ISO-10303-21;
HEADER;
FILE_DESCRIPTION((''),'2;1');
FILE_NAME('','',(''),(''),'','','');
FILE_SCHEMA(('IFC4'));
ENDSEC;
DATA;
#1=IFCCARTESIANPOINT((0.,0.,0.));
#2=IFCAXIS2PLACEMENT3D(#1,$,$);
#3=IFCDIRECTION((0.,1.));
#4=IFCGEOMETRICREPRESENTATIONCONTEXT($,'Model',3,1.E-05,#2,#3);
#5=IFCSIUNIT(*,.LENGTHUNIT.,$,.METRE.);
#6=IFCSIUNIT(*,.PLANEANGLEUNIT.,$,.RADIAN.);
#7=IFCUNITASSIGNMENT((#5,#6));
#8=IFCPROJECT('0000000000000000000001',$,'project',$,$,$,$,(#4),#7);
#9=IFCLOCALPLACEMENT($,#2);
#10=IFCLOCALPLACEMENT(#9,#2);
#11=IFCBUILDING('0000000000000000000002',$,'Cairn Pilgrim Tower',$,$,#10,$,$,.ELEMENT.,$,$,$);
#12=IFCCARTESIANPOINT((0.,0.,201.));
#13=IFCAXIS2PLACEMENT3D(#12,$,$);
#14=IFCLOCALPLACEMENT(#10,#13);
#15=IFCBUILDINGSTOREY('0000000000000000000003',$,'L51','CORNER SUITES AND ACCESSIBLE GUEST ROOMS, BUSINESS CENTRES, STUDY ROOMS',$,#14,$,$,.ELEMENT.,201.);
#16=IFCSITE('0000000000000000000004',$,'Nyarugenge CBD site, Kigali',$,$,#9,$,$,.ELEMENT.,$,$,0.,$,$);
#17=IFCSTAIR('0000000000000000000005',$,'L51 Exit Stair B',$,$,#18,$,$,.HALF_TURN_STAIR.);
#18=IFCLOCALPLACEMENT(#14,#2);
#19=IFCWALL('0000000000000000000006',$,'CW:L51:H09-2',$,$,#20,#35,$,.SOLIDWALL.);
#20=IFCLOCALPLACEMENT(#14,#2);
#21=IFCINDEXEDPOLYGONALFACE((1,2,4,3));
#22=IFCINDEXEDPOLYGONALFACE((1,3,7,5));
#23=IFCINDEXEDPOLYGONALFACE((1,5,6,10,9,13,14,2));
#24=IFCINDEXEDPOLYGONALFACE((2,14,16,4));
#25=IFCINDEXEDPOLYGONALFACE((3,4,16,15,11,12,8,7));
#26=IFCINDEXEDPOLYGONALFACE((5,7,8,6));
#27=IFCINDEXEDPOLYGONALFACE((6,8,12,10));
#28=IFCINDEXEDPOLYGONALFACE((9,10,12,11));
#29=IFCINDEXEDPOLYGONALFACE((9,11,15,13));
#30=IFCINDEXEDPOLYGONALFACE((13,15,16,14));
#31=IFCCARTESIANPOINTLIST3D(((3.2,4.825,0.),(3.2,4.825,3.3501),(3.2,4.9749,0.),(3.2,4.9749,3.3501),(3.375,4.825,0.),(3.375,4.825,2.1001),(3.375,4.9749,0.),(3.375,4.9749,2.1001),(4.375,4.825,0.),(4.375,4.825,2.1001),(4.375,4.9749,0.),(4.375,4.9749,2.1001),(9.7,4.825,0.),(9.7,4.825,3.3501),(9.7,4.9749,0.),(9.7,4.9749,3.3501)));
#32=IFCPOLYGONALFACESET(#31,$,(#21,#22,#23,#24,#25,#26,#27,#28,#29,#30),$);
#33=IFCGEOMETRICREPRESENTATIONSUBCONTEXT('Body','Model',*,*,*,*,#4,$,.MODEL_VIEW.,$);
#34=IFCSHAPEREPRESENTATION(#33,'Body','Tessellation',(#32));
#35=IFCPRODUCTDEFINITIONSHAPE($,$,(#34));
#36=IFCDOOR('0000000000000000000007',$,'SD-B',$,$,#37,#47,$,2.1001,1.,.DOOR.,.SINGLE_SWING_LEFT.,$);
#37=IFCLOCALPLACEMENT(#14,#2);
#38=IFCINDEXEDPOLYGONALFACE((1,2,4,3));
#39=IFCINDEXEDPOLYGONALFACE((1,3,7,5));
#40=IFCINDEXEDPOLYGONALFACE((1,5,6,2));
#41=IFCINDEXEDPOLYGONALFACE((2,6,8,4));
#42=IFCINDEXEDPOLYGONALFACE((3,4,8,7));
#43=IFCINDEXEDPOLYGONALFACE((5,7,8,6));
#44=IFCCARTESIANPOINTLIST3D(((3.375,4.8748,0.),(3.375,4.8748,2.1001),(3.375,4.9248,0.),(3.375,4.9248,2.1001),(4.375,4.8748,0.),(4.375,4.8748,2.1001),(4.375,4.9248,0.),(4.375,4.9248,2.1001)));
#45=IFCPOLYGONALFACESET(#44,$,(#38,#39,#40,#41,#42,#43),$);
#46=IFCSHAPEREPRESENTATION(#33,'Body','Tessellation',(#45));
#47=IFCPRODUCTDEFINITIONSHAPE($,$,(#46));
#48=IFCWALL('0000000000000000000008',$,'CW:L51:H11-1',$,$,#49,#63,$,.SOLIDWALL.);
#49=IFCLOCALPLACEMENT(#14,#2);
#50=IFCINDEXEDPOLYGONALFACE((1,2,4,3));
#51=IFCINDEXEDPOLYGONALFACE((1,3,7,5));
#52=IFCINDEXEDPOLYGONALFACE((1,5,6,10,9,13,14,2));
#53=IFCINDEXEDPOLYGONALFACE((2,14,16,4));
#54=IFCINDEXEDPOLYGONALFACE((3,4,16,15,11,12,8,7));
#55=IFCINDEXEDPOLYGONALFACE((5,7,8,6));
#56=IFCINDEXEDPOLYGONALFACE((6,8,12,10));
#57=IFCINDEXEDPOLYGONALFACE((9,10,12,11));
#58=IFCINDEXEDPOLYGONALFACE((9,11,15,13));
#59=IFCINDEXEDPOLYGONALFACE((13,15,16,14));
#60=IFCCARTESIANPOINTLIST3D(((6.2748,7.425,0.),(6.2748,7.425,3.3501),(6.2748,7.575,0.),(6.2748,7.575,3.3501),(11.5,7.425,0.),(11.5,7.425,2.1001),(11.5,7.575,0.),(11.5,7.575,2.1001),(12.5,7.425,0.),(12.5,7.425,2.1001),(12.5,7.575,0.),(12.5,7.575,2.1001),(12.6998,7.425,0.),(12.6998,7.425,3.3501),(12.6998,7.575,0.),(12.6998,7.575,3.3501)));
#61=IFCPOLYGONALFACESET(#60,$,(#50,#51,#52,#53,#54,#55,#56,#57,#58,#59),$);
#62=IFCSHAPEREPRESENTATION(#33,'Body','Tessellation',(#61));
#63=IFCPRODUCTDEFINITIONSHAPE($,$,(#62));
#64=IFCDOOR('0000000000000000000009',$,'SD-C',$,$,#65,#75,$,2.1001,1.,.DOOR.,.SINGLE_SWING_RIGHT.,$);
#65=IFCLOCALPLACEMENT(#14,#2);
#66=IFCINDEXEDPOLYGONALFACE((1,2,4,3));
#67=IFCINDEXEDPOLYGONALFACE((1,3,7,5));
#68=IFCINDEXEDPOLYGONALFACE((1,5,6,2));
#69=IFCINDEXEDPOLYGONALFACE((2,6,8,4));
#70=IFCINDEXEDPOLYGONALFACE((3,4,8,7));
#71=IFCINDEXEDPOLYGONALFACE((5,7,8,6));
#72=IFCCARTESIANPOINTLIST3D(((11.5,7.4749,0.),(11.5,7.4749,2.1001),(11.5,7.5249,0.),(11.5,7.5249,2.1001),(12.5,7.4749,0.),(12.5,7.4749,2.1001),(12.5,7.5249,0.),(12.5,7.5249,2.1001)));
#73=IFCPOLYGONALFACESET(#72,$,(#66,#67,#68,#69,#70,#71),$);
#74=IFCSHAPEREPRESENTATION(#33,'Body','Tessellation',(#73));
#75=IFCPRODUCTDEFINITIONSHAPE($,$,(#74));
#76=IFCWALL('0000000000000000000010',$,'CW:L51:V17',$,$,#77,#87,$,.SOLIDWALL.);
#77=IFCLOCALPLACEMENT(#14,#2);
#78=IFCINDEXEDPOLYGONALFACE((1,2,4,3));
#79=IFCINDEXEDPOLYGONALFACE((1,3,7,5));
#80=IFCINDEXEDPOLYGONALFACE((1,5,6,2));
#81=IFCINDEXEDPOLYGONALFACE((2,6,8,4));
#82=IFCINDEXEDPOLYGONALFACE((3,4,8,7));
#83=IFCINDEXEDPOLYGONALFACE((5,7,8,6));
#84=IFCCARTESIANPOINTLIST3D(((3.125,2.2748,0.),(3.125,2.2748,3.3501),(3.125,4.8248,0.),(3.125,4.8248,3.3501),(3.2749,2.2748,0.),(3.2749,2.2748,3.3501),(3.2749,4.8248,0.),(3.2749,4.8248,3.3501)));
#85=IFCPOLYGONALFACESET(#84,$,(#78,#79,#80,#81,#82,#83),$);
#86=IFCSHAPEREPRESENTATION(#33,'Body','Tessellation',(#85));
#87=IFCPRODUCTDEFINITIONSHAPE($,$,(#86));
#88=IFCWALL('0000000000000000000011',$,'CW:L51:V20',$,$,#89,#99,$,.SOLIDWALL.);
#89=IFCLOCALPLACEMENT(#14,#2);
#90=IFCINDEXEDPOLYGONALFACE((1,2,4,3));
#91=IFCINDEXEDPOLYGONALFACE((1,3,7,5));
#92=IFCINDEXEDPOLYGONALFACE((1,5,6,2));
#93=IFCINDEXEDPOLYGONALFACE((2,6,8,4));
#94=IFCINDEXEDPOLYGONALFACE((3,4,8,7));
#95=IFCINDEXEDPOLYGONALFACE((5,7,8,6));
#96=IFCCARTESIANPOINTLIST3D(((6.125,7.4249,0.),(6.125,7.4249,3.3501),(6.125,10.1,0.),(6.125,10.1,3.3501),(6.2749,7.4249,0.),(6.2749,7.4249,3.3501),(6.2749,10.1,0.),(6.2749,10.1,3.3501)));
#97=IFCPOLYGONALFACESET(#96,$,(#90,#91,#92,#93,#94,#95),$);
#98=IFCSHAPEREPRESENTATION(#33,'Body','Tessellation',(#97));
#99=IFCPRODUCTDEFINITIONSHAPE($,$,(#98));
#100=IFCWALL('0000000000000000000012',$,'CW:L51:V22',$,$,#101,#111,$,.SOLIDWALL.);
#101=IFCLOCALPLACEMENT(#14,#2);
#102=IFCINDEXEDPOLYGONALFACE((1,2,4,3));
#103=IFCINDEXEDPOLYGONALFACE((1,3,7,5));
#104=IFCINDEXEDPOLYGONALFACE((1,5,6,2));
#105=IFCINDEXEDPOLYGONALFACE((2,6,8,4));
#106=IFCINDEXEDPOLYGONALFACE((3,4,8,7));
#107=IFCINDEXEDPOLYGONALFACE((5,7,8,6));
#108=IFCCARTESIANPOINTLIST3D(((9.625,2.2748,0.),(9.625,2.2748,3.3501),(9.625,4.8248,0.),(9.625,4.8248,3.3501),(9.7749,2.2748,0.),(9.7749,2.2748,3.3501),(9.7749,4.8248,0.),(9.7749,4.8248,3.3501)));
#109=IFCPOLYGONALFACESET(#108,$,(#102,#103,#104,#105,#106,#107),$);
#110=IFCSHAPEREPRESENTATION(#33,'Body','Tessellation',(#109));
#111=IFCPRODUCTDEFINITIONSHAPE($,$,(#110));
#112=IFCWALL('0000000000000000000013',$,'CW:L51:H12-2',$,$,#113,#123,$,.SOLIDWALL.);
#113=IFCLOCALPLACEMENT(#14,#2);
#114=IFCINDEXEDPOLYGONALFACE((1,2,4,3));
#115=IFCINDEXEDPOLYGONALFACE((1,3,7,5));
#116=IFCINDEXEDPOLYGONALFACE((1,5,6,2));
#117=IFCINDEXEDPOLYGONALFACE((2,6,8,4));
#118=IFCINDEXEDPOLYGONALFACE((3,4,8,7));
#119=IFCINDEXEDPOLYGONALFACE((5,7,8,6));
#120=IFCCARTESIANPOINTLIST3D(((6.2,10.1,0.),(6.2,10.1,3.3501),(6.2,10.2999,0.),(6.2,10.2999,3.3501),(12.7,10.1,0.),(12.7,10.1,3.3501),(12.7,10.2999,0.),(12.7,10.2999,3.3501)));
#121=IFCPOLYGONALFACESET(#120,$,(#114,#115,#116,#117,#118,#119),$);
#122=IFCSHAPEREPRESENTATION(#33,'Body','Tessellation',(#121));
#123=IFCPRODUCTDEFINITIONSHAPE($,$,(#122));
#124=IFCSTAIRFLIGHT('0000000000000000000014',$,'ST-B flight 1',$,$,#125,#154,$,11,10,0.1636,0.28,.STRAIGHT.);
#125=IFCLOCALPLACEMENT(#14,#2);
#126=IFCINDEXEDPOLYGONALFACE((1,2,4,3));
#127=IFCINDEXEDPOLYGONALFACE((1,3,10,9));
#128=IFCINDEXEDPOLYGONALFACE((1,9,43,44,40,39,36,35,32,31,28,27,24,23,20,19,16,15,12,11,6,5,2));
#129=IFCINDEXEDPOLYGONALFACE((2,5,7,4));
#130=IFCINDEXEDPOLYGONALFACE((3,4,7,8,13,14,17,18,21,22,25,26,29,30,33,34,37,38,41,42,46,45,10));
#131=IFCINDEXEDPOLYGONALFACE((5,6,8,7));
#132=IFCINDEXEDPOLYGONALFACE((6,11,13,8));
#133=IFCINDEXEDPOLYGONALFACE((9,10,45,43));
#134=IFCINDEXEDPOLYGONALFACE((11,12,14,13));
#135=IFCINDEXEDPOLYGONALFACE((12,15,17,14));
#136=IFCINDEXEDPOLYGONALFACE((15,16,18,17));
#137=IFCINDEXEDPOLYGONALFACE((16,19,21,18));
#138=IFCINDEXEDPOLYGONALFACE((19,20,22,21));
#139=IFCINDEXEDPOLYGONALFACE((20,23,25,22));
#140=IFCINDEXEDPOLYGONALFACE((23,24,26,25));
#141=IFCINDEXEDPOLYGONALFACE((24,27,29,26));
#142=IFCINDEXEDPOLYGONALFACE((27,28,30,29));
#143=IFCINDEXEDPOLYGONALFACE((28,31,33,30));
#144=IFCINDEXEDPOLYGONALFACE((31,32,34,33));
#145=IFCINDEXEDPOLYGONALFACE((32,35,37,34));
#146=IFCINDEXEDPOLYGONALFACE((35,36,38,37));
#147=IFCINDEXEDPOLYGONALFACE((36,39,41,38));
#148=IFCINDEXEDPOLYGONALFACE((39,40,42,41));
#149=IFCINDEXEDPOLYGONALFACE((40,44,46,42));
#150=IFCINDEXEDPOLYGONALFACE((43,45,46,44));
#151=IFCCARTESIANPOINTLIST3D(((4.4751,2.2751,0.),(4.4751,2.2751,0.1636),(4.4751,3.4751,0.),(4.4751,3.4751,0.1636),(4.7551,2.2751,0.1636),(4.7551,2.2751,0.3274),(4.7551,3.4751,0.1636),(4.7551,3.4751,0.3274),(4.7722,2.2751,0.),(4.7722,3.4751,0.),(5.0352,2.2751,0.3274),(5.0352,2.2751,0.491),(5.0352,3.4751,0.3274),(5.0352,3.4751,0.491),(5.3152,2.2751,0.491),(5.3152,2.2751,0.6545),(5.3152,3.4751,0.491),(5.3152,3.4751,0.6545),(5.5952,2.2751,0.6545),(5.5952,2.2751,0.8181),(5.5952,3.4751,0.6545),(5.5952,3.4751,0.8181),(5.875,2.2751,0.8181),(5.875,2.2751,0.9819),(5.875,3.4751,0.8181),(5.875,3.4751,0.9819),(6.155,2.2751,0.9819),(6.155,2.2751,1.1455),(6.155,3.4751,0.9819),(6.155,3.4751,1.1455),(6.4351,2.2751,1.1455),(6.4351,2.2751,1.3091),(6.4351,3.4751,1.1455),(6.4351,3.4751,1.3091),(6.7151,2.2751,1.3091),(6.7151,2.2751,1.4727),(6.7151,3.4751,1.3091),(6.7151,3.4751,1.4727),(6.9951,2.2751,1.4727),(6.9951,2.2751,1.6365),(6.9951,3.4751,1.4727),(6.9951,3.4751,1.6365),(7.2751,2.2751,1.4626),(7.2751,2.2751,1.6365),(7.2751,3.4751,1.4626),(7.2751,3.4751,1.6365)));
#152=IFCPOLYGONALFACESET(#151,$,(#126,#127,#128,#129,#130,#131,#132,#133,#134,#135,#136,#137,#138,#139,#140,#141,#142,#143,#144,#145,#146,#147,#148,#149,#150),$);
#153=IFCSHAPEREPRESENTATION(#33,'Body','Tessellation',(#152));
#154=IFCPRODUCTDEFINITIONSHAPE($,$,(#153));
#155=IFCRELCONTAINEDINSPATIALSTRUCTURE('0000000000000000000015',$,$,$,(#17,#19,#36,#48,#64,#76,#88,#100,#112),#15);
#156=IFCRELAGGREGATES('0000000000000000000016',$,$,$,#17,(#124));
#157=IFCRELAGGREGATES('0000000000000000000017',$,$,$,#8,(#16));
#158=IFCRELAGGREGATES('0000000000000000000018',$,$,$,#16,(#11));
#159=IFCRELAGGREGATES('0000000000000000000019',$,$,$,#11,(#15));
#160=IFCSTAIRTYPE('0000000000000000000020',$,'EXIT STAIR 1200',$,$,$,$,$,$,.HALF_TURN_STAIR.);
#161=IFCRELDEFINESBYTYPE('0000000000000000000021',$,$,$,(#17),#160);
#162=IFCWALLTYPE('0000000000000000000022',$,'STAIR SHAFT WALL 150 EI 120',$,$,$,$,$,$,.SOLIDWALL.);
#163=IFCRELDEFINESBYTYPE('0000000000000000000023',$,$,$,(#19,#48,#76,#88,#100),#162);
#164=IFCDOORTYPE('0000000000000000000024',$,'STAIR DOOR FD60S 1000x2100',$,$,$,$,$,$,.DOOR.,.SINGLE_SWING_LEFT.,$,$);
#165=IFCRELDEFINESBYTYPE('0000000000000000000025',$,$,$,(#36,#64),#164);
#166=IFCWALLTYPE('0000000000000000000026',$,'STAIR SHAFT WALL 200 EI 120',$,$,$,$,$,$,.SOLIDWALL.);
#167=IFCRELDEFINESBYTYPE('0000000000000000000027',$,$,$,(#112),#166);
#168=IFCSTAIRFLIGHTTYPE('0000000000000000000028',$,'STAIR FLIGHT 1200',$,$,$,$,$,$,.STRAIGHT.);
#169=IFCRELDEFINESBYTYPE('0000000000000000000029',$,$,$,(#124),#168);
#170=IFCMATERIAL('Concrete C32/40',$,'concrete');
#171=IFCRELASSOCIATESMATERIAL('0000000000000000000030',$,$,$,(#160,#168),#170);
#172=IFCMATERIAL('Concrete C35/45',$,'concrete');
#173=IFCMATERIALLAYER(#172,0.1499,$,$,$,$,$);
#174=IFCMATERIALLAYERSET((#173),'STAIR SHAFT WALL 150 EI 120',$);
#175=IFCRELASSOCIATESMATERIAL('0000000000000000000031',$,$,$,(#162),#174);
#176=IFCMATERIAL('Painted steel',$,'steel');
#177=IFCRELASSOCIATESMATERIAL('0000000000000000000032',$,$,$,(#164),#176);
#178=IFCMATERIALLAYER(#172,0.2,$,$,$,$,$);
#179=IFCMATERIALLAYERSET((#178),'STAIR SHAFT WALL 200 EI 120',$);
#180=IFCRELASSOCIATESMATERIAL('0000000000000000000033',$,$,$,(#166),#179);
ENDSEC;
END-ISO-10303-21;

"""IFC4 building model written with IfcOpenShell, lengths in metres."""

from ifc_helpers import new_model, si_unit, direction, frame, frame_2d, origin, place, context, subcontext, project, spatial, polyline, rectangle, outline, extrude, material, layer, layer_set, type_object, element, fill, aggregate, save


model = new_model("IFC4")

# Units and contexts
model_context = context("Model", 3, precision=1e-05, world=origin(), true_north=direction((0.0, 1.0)))
body_context = subcontext(model_context, "Body", "Model", "MODEL_VIEW")
ifc_project = project(units=[si_unit("LENGTHUNIT", "METRE"), si_unit("PLANEANGLEUNIT", "RADIAN")], contexts=[model_context])

# Site, building, storey
site_placement = place(None, origin())
site = spatial("IfcSite", under=ifc_project, at=site_placement, Name="Nyarugenge CBD site, Kigali", CompositionType="ELEMENT", RefElevation=0.0)
building_placement = place(site_placement, origin())
building = spatial("IfcBuilding", under=site, at=building_placement, Name="Cairn Pilgrim Tower", CompositionType="ELEMENT")
storey_placement = place(building_placement, frame((0.0, 0.0, 201.0)))
storey = spatial("IfcBuildingStorey", under=building, at=storey_placement, Name="L51", Description="CORNER SUITES AND ACCESSIBLE GUEST ROOMS, BUSINESS CENTRES, STUDY ROOMS", CompositionType="ELEMENT", Elevation=201.0)

# Stair
ifc_material_1 = material(Name="Concrete C32/40", Category="concrete")
stair_type = type_object("IfcStairType", Name="EXIT STAIR 1200", PredefinedType="HALF_TURN_STAIR", material=ifc_material_1)
stair_1_placement = place(storey_placement, origin())
stair_1 = element("IfcStair", 1, at=stair_1_placement, inside=storey, type_object=stair_type, Name="L51 Exit Stair B", PredefinedType="HALF_TURN_STAIR")

# Shared definitions
ifc_material_2 = material(Name="Painted steel", Category="steel")

# Shared definitions
ifc_material_3 = material(Name="Concrete C35/45", Category="concrete")
ifc_layer_1 = layer(ifc_material_3, 0.1499)
ifc_layer_set_1 = layer_set([ifc_layer_1], Name="STAIR SHAFT WALL 150 EI 120")
wall_type_1 = type_object("IfcWallType", Name="STAIR SHAFT WALL 150 EI 120", PredefinedType="SOLIDWALL", material=ifc_layer_set_1)

# Walls, openings, doors
wall_1_placement = place(storey_placement, frame((3.2, 4.8999, 0.0), z_axis=(0.0, 0.0, 1.0), x_axis=(1.0, 0.0, 0.0)))
wall_1 = element("IfcWall", 2, at=wall_1_placement, inside=storey, type_object=wall_type_1, Name="CW:L51:H09-2", PredefinedType="SOLIDWALL", context=body_context, shape_type="SweptSolid", body=[
    extrude(rectangle(XDim=6.5, YDim=0.1499, at=frame_2d((3.25, 0.0))), origin(), (0.0, 0.0, 1.0), 3.3501),
])
opening_1_placement = place(wall_1_placement, frame((0.175, 0.0, 0.0)))
opening_1 = element("IfcOpeningElement", 3, at=opening_1_placement, cuts=wall_1, PredefinedType="OPENING", context=body_context, shape_type="SweptSolid", body=[
    extrude(rectangle(XDim=1.0, YDim=2.1001, at=frame_2d((0.5, 1.05))), frame((0.0, 0.085, 0.0), z_axis=(0.0, -1.0, 0.0), x_axis=(1.0, 0.0, 0.0)), (0.0, 0.0, 1.0), 0.1699),
])
door_type_1 = type_object("IfcDoorType", Name="STAIR DOOR FD60S 1000x2100", OperationType="SINGLE_SWING_LEFT", PredefinedType="DOOR", material=ifc_material_2)
door_1_placement = place(opening_1_placement, origin())
door_1 = element("IfcDoor", 4, at=door_1_placement, inside=storey, type_object=door_type_1, Name="SD-B", OperationType="SINGLE_SWING_LEFT", OverallHeight=2.1001, OverallWidth=1.0, PredefinedType="DOOR", context=body_context, shape_type="SweptSolid", body=[
    extrude(rectangle(XDim=1.0, YDim=2.1001, at=frame_2d((0.5, 1.05))), frame((0.0, 0.0249, 0.0), z_axis=(0.0, -1.0, 0.0), x_axis=(1.0, 0.0, 0.0)), (0.0, 0.0, 1.0), 0.05),
])
fill(opening_1, door_1)
wall_2_placement = place(storey_placement, frame((6.2749, 7.5, 0.0), z_axis=(0.0, 0.0, 1.0), x_axis=(1.0, 0.0, 0.0)))
wall_2 = element("IfcWall", 5, at=wall_2_placement, inside=storey, type_object=wall_type_1, Name="CW:L51:H11-1", PredefinedType="SOLIDWALL", context=body_context, shape_type="SweptSolid", body=[
    extrude(rectangle(XDim=6.425, YDim=0.1499, at=frame_2d((3.2124, 0.0))), origin(), (0.0, 0.0, 1.0), 3.3501),
])
opening_2_placement = place(wall_2_placement, frame((5.2251, 0.0, 0.0)))
opening_2 = element("IfcOpeningElement", 6, at=opening_2_placement, cuts=wall_2, PredefinedType="OPENING", context=body_context, shape_type="SweptSolid", body=[
    extrude(rectangle(XDim=1.0, YDim=2.1001, at=frame_2d((0.5, 1.05))), frame((0.0, 0.085, 0.0), z_axis=(0.0, -1.0, 0.0), x_axis=(1.0, 0.0, 0.0)), (0.0, 0.0, 1.0), 0.1699),
])
door_2_placement = place(opening_2_placement, origin())
door_2 = element("IfcDoor", 7, at=door_2_placement, inside=storey, type_object=door_type_1, Name="SD-C", OperationType="SINGLE_SWING_RIGHT", OverallHeight=2.1001, OverallWidth=1.0, PredefinedType="DOOR", context=body_context, shape_type="SweptSolid", body=[
    extrude(rectangle(XDim=1.0, YDim=2.1001, at=frame_2d((0.5, 1.05))), frame((0.0, 0.0249, 0.0), z_axis=(0.0, -1.0, 0.0), x_axis=(1.0, 0.0, 0.0)), (0.0, 0.0, 1.0), 0.05),
])
fill(opening_2, door_2)

# Walls
wall_3_placement = place(storey_placement, frame((3.2, 2.2749, 0.0), z_axis=(0.0, 0.0, 1.0), x_axis=(0.0, 1.0, 0.0)))
element("IfcWall", 8, at=wall_3_placement, inside=storey, type_object=wall_type_1, Name="CW:L51:V17", PredefinedType="SOLIDWALL", context=body_context, shape_type="SweptSolid", body=[
    extrude(rectangle(XDim=2.55, YDim=0.1499, at=frame_2d((1.2749, 0.0))), origin(), (0.0, 0.0, 1.0), 3.3501),
])
wall_4_placement = place(storey_placement, frame((6.2, 7.425, 0.0), z_axis=(0.0, 0.0, 1.0), x_axis=(0.0, 1.0, 0.0)))
element("IfcWall", 9, at=wall_4_placement, inside=storey, type_object=wall_type_1, Name="CW:L51:V20", PredefinedType="SOLIDWALL", context=body_context, shape_type="SweptSolid", body=[
    extrude(rectangle(XDim=2.675, YDim=0.1499, at=frame_2d((1.3374, 0.0))), origin(), (0.0, 0.0, 1.0), 3.3501),
])
wall_5_placement = place(storey_placement, frame((9.7, 2.2749, 0.0), z_axis=(0.0, 0.0, 1.0), x_axis=(0.0, 1.0, 0.0)))
element("IfcWall", 10, at=wall_5_placement, inside=storey, type_object=wall_type_1, Name="CW:L51:V22", PredefinedType="SOLIDWALL", context=body_context, shape_type="SweptSolid", body=[
    extrude(rectangle(XDim=2.55, YDim=0.1499, at=frame_2d((1.2749, 0.0))), origin(), (0.0, 0.0, 1.0), 3.3501),
])
ifc_layer_2 = layer(ifc_material_3, 0.2)
ifc_layer_set_2 = layer_set([ifc_layer_2], Name="STAIR SHAFT WALL 200 EI 120")
wall_type_2 = type_object("IfcWallType", Name="STAIR SHAFT WALL 200 EI 120", PredefinedType="SOLIDWALL", material=ifc_layer_set_2)
wall_6_placement = place(storey_placement, frame((6.2, 10.2, 0.0), z_axis=(0.0, 0.0, 1.0), x_axis=(1.0, 0.0, 0.0)))
element("IfcWall", 11, at=wall_6_placement, inside=storey, type_object=wall_type_2, Name="CW:L51:H12-2", PredefinedType="SOLIDWALL", context=body_context, shape_type="SweptSolid", body=[
    extrude(rectangle(XDim=6.5, YDim=0.2, at=frame_2d((3.25, 0.0))), origin(), (0.0, 0.0, 1.0), 3.3501),
])

# Stair flight
stair_flight_type = type_object("IfcStairFlightType", Name="STAIR FLIGHT 1200", PredefinedType="STRAIGHT", material=ifc_material_1)
stair_flight_1_placement = place(storey_placement, frame((4.4751, 2.875, 0.0), z_axis=(0.0, 0.0, 1.0), x_axis=(1.0, 0.0, 0.0)))
stair_flight_1 = element("IfcStairFlight", 12, at=stair_flight_1_placement, type_object=stair_flight_type, Name="ST-B flight 1", NumberOfRisers=11, NumberOfTreads=10, PredefinedType="STRAIGHT", RiserHeight=0.1636, TreadLength=0.28, context=body_context, shape_type="SweptSolid", body=[
    extrude(outline(polyline([(0.0, 0.0), (0.0, 0.1636), (0.28, 0.1636), (0.28, 0.3274), (0.5601, 0.3274), (0.5601, 0.491), (0.8401, 0.491), (0.8401, 0.6545), (1.1201, 0.6545), (1.1201, 0.8181), (1.3999, 0.8181), (1.3999, 0.9819), (1.6799, 0.9819), (1.6799, 1.1455), (1.96, 1.1455), (1.96, 1.3091), (2.24, 1.3091), (2.24, 1.4727), (2.52, 1.4727), (2.52, 1.6365), (2.8, 1.6365), (2.8, 1.8), (2.8, 1.4626), (0.2971, 0.0), (0.0, 0.0)])), frame((0.0, 0.6001, 0.0), z_axis=(0.0, -1.0, 0.0), x_axis=(1.0, 0.0, 0.0)), (0.0, 0.0, 1.0), 1.2),
])
aggregate(stair_1, [stair_flight_1])

save(model, "model.ifc")
